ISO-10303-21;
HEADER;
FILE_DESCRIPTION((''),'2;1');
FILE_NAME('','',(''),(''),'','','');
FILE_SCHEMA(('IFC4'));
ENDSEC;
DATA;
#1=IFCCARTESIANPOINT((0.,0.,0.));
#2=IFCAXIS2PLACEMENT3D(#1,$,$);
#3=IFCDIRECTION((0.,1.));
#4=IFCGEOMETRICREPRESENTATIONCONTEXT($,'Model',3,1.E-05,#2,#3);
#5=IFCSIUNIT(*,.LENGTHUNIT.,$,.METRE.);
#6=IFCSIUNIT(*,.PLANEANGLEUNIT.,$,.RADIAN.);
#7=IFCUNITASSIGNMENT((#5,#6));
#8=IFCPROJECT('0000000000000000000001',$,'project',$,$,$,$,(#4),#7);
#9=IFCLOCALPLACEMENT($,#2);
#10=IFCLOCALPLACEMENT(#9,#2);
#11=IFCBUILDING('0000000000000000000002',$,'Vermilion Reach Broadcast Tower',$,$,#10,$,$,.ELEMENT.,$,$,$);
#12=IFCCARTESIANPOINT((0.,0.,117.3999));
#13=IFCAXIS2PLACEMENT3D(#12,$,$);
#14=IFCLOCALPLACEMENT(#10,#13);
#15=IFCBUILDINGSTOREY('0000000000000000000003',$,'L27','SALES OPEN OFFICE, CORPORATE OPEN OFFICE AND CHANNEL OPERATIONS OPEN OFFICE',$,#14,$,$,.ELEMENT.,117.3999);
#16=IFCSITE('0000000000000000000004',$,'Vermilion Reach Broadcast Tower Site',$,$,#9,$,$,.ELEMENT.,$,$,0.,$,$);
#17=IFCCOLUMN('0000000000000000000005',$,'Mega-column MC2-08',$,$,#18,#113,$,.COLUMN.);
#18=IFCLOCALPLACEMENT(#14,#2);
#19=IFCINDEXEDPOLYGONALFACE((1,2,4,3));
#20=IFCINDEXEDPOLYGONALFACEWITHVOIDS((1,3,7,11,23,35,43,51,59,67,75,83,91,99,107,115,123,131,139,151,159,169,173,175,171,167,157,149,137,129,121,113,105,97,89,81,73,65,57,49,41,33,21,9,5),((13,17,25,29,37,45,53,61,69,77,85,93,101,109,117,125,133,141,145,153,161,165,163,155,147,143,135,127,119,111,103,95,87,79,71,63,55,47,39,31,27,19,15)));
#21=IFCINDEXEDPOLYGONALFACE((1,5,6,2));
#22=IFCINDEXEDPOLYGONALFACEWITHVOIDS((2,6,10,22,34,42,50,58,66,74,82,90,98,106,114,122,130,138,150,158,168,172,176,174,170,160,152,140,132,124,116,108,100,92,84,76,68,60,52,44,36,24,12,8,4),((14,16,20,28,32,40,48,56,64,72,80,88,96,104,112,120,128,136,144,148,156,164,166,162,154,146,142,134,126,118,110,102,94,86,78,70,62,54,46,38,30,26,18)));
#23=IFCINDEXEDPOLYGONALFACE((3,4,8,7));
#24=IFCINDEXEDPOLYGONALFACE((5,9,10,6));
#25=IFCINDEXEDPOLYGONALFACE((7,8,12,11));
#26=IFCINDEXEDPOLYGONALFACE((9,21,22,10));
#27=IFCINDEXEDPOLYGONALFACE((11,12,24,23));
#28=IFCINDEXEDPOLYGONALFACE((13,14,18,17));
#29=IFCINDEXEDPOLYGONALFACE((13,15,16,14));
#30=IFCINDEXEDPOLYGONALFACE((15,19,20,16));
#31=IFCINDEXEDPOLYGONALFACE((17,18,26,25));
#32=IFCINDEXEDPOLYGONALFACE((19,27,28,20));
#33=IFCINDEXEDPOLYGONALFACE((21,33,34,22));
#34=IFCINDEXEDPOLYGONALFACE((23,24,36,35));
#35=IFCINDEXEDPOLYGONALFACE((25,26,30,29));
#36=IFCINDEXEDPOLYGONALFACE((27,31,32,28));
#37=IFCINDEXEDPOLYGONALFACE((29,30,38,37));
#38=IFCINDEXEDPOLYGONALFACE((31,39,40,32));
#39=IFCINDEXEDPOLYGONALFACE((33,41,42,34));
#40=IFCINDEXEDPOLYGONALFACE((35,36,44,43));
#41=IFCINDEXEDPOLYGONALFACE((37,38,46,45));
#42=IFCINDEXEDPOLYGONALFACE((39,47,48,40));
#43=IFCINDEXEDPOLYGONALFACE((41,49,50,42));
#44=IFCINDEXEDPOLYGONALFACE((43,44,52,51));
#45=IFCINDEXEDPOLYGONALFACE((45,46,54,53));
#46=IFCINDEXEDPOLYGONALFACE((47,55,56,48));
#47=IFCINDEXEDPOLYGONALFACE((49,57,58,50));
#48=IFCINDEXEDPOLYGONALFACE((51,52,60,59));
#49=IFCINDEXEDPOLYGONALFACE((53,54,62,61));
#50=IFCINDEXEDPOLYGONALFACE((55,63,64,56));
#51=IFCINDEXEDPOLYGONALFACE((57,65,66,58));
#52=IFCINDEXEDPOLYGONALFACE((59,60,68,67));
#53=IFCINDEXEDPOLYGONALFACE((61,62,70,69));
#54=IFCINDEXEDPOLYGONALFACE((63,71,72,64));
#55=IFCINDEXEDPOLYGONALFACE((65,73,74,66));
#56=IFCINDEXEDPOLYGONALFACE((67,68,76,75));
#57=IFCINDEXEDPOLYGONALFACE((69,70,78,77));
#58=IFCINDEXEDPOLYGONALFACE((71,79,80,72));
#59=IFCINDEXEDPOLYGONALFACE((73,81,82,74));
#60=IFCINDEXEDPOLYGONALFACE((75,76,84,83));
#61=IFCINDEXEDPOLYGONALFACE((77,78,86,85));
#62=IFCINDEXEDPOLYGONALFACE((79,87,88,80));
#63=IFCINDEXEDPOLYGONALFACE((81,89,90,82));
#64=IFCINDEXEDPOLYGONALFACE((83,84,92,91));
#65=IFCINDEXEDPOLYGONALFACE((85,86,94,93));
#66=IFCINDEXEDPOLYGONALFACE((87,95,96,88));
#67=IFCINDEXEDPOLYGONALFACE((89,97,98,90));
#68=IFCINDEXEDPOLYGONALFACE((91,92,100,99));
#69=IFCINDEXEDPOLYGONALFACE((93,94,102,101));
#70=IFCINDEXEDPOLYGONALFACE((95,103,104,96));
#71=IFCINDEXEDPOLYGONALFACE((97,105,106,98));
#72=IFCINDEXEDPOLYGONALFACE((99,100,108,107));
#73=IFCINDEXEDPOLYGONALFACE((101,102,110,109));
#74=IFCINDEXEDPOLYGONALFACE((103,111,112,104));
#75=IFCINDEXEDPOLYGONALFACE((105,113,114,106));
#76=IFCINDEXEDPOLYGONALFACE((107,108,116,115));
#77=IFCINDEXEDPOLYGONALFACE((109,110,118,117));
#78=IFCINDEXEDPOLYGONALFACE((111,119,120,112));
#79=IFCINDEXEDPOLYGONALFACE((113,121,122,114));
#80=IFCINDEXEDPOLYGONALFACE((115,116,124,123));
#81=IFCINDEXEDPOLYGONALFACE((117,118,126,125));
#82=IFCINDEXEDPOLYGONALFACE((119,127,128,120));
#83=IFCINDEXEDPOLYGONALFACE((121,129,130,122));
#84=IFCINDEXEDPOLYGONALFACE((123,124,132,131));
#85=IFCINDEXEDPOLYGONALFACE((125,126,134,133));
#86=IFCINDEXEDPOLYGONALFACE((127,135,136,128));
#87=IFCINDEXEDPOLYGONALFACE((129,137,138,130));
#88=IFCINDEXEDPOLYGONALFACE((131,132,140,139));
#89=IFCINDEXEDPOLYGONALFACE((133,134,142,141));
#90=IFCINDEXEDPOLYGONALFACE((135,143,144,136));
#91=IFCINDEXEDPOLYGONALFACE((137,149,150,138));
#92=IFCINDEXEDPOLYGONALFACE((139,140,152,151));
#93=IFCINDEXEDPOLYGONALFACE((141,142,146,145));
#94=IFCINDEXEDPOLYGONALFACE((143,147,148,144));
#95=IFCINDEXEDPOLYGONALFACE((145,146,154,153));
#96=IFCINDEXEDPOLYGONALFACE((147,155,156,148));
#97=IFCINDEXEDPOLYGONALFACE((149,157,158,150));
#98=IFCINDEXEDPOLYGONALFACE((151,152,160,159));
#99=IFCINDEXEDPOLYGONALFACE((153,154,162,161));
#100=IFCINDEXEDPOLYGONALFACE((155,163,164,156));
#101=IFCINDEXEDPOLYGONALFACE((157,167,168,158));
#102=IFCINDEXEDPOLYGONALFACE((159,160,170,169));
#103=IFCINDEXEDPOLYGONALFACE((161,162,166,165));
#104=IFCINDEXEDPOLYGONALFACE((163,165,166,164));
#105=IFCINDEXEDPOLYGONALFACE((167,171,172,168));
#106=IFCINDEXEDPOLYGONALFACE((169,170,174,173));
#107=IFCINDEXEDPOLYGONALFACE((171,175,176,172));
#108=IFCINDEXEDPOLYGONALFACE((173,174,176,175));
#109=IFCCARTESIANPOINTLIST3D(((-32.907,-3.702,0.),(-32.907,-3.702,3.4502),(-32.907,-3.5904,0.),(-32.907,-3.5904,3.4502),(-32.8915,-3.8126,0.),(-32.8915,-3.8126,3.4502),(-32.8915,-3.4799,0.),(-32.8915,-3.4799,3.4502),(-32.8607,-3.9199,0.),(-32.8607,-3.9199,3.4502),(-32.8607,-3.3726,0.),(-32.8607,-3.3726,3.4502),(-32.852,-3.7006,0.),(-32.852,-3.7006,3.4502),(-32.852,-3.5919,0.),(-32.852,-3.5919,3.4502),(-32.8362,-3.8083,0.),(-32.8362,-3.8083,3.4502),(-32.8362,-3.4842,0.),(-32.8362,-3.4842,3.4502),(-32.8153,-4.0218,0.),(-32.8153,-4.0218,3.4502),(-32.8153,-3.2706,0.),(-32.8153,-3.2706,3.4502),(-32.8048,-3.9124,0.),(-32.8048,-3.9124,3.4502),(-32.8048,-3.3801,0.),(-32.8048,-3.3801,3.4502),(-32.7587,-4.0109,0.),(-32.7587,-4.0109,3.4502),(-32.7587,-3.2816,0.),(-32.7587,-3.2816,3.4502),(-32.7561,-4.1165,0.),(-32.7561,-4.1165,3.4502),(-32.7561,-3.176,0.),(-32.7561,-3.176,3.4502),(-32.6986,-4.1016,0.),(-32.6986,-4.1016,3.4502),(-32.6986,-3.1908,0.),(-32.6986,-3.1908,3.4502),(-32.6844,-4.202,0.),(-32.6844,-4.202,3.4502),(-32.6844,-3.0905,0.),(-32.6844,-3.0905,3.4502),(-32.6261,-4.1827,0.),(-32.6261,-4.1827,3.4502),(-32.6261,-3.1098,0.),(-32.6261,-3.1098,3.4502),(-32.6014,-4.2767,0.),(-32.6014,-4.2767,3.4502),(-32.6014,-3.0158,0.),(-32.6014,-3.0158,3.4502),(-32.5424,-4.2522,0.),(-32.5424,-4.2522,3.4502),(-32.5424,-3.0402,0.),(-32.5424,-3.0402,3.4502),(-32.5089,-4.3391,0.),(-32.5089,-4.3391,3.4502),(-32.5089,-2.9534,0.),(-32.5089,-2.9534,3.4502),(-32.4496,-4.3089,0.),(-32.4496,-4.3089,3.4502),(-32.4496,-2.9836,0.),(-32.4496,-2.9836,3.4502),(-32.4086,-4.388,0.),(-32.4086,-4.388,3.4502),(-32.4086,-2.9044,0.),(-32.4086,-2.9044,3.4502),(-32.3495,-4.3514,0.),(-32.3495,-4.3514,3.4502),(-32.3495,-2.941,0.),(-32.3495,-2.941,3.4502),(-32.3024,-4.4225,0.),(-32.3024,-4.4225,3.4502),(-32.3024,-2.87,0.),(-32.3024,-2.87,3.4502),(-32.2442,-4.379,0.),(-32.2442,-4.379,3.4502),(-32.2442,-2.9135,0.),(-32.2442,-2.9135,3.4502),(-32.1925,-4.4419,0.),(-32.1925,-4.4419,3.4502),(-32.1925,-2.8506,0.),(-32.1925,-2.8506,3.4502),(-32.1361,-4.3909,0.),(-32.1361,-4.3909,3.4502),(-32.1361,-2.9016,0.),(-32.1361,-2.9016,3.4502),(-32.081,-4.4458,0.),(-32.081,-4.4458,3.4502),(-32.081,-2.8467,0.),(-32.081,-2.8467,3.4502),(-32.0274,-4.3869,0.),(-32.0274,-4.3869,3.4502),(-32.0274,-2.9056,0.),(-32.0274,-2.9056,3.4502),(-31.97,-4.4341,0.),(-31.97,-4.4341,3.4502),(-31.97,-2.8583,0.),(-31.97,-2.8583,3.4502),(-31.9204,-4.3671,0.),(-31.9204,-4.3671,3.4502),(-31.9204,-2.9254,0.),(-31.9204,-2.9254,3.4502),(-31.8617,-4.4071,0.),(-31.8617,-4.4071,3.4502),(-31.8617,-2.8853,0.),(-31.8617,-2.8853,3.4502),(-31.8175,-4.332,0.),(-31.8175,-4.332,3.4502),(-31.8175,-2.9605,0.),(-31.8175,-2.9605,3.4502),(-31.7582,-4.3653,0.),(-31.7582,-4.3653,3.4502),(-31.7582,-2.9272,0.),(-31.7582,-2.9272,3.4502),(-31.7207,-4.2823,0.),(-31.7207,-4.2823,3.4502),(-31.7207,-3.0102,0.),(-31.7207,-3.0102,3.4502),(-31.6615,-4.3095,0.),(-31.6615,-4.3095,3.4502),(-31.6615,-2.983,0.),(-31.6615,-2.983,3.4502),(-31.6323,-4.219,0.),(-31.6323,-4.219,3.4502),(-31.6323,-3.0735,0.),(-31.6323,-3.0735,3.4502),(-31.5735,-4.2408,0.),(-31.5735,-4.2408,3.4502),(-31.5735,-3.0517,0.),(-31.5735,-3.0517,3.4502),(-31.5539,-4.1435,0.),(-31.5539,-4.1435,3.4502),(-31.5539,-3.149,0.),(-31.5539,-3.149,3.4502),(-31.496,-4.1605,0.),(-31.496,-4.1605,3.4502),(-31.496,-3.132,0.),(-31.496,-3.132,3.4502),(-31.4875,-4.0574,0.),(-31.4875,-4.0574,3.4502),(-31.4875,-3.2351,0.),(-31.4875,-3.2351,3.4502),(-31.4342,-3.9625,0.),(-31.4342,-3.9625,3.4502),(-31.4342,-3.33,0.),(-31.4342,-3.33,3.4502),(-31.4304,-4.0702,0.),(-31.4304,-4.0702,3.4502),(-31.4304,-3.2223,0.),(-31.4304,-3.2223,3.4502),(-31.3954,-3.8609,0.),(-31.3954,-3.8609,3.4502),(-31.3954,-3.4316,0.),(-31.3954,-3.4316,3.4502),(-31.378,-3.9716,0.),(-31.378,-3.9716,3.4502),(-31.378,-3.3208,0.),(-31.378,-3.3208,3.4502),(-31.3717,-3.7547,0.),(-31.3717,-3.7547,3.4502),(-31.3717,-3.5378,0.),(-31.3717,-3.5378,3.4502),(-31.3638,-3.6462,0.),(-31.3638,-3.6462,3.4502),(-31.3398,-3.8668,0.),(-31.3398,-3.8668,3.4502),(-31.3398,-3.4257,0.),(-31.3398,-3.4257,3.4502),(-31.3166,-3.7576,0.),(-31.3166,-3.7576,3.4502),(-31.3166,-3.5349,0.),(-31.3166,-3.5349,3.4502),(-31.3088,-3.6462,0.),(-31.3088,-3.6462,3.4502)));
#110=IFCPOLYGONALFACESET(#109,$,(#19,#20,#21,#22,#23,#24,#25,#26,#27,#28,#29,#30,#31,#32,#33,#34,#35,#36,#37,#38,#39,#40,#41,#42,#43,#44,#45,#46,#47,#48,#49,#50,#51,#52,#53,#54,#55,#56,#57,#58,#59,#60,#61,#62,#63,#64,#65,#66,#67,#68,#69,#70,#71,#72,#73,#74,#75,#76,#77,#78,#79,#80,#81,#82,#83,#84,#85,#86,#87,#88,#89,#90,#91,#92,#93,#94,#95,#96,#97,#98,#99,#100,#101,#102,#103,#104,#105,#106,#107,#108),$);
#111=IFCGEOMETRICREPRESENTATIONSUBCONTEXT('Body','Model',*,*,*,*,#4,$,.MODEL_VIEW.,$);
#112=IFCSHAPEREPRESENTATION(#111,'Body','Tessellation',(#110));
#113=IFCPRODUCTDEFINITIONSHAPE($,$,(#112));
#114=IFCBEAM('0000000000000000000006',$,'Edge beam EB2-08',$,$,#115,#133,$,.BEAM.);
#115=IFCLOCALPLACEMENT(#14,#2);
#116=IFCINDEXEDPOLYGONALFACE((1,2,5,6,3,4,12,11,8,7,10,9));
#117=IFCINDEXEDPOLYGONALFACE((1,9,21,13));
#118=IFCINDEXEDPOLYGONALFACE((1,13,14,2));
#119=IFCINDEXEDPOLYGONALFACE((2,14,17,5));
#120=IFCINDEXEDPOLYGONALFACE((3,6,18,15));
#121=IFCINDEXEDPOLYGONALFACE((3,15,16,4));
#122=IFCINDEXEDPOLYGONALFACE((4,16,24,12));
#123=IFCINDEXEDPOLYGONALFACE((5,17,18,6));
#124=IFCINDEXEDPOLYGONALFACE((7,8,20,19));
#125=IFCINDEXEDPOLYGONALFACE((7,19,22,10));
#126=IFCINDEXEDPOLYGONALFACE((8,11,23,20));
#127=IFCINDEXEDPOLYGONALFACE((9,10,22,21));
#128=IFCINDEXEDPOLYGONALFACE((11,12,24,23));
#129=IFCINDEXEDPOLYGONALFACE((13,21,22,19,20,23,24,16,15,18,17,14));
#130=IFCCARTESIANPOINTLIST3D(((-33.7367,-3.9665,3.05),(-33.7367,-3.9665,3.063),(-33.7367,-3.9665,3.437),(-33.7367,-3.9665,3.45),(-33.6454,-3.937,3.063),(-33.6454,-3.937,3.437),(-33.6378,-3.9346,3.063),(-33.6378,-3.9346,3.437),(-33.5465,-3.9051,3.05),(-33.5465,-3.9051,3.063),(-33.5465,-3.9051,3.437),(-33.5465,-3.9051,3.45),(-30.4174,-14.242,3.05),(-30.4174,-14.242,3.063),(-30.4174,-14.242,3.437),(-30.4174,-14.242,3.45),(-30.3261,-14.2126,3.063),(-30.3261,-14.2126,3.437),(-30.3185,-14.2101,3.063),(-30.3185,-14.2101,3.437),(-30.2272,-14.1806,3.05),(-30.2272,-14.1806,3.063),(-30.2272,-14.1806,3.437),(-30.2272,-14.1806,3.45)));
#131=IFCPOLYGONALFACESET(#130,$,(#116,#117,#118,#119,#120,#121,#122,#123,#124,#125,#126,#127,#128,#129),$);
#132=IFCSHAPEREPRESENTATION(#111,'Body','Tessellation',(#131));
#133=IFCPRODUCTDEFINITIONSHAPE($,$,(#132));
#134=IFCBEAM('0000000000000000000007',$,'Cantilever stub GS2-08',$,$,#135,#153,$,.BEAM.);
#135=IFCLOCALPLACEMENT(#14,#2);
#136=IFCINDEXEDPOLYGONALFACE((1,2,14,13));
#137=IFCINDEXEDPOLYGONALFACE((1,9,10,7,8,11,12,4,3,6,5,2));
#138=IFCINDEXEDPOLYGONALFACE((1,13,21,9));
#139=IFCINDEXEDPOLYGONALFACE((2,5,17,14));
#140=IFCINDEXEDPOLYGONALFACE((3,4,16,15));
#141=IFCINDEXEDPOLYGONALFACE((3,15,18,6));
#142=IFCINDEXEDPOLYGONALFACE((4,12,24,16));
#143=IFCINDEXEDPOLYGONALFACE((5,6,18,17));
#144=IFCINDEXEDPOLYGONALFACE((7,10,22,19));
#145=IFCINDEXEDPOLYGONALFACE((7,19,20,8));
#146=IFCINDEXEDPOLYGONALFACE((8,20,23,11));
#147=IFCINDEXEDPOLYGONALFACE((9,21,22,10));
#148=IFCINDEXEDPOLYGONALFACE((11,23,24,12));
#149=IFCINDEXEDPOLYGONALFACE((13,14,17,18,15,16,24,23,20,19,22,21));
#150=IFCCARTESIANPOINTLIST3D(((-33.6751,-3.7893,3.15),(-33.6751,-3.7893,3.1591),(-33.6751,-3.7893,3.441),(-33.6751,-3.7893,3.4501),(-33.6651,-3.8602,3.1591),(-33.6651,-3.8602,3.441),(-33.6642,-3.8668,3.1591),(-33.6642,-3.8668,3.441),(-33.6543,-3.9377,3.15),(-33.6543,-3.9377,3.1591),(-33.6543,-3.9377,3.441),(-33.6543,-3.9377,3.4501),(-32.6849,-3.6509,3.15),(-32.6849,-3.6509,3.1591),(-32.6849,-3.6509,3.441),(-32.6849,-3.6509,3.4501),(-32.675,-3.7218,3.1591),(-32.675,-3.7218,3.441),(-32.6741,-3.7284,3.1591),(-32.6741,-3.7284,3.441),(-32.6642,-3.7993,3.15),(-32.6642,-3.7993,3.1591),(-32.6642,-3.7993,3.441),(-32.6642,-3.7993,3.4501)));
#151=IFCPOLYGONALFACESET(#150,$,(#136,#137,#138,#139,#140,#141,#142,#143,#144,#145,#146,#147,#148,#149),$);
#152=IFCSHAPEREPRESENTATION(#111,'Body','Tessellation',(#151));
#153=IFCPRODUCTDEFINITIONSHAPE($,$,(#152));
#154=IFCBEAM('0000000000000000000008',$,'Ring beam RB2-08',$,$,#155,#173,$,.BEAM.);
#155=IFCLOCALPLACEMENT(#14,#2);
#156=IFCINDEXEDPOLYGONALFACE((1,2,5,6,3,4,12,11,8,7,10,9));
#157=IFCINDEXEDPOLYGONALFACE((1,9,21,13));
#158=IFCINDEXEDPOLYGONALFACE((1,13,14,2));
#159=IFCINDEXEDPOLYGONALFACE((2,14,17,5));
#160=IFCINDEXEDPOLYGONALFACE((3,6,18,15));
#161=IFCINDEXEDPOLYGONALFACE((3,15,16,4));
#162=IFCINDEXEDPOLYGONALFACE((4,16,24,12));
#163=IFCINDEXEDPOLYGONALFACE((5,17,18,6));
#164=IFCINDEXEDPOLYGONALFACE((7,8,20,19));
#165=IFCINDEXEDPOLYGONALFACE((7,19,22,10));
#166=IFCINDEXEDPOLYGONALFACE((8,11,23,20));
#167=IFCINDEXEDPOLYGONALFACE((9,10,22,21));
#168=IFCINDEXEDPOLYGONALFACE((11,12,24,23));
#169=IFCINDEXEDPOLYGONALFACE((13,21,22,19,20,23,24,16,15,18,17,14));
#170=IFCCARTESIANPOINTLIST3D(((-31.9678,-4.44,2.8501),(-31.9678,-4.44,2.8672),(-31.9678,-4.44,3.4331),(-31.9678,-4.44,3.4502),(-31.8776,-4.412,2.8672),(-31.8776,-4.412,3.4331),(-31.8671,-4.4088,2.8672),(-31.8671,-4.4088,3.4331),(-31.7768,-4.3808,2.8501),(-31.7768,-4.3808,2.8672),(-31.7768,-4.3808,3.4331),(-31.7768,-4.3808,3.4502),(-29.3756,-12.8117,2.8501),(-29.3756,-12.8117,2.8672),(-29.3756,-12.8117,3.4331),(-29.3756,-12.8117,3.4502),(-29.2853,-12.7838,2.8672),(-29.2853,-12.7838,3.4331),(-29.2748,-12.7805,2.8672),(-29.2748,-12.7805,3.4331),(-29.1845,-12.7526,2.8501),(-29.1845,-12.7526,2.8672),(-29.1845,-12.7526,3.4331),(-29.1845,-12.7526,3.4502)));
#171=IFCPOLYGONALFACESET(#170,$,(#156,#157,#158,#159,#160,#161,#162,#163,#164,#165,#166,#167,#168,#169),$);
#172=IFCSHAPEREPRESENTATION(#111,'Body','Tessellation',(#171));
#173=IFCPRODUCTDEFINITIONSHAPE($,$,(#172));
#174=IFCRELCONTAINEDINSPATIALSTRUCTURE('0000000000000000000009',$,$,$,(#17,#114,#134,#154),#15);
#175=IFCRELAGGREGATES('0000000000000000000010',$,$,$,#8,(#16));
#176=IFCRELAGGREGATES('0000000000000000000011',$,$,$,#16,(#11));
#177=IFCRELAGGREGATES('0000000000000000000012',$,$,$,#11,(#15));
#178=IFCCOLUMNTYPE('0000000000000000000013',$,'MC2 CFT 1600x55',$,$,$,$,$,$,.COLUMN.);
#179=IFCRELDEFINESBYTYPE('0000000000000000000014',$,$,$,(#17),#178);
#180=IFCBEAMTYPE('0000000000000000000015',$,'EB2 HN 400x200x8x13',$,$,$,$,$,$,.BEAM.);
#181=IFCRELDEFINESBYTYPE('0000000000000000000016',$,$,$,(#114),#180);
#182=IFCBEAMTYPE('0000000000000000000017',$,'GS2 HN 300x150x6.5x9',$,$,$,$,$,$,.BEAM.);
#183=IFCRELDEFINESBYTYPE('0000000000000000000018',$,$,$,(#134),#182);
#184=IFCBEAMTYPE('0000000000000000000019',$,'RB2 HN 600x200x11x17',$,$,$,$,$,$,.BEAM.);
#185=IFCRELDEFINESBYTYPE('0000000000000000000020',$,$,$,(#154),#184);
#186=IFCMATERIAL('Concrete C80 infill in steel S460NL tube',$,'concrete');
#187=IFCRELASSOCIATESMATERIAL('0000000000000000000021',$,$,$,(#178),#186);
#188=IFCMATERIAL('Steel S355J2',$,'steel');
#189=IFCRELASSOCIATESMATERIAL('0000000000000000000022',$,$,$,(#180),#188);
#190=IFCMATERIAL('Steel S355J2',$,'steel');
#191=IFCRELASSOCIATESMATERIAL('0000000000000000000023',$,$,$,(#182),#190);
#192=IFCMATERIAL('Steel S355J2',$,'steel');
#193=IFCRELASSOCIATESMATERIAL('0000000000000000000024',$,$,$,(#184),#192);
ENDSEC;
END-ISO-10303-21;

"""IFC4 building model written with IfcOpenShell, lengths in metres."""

from ifc_helpers import new_model, si_unit, direction, frame, origin, origin_2d, place, context, subcontext, project, spatial, hollow_circle, i_section, extrude, material, material_profile, profile_set, type_object, element, save


model = new_model("IFC4")

# Units and contexts
model_context = context("Model", 3, precision=1e-05, world=origin(), true_north=direction((0.0, 1.0)))
body_context = subcontext(model_context, "Body", "Model", "MODEL_VIEW")
ifc_project = project(units=[si_unit("LENGTHUNIT", "METRE"), si_unit("PLANEANGLEUNIT", "RADIAN")], contexts=[model_context])

# Site, building, storey
site_placement = place(None, origin())
site = spatial("IfcSite", under=ifc_project, at=site_placement, Name="Vermilion Reach Broadcast Tower Site", CompositionType="ELEMENT", RefElevation=0.0)
building_placement = place(site_placement, origin())
building = spatial("IfcBuilding", under=site, at=building_placement, Name="Vermilion Reach Broadcast Tower", CompositionType="ELEMENT")
storey_placement = place(building_placement, frame((0.0, 0.0, 117.3999)))
storey = spatial("IfcBuildingStorey", under=building, at=storey_placement, Name="L27", Description="SALES OPEN OFFICE, CORPORATE OPEN OFFICE AND CHANNEL OPERATIONS OPEN OFFICE", CompositionType="ELEMENT", Elevation=117.3999)

# Column
ifc_material_1 = material(Name="Concrete C80 infill in steel S460NL tube", Category="concrete")
ifc_material_profile_1 = material_profile(ifc_material_1, hollow_circle(Radius=0.8, WallThickness=0.0549, at=origin_2d()), Name="Concrete C80 infill in steel S460NL tube CFT 1600x55")
ifc_profile_set_1 = profile_set([ifc_material_profile_1], Name="Concrete C80 infill in steel S460NL tube")
column_type = type_object("IfcColumnType", Name="MC2 CFT 1600x55", PredefinedType="COLUMN", material=ifc_profile_set_1)
column_placement = place(storey_placement, frame((-32.1089, -3.6462, 0.0), z_axis=(0.0, 0.0, 1.0), x_axis=(1.0, 0.0, 0.0)))
element("IfcColumn", 1, at=column_placement, inside=storey, type_object=column_type, Name="Mega-column MC2-08", PredefinedType="COLUMN", context=body_context, shape_type="SweptSolid", body=[
    extrude(hollow_circle(Radius=0.8, WallThickness=0.0549, at=origin_2d()), origin(), (0.0, 0.0, 1.0), 3.4502),
])

# Beams
ifc_material_2 = material(Name="Steel S355J2", Category="steel")
ifc_material_profile_2 = material_profile(ifc_material_2, i_section(OverallWidth=0.2, OverallDepth=0.3999, WebThickness=0.0081, FlangeThickness=0.0129, at=origin_2d()), Name="S355J2 HN 400x200x8x13")
ifc_profile_set_2 = profile_set([ifc_material_profile_2], Name="Steel S355J2")
beam_type_1 = type_object("IfcBeamType", Name="EB2 HN 400x200x8x13", PredefinedType="BEAM", material=ifc_profile_set_2)
beam_1_placement = place(storey_placement, frame((-33.6416, -3.9358, 3.25), z_axis=(0.30739, -0.951584, 0.0), x_axis=(0.951584, 0.30739, 0.0)))
element("IfcBeam", 2, at=beam_1_placement, inside=storey, type_object=beam_type_1, Name="Edge beam EB2-08", PredefinedType="BEAM", context=body_context, shape_type="SweptSolid", body=[
    extrude(i_section(OverallWidth=0.2, OverallDepth=0.3999, WebThickness=0.0081, FlangeThickness=0.0129, at=origin_2d()), origin(), (0.0, 0.0, 1.0), 10.7983),
])
ifc_material_3 = material(Name="Steel S355J2", Category="steel")
ifc_material_profile_3 = material_profile(ifc_material_3, i_section(OverallWidth=0.1499, OverallDepth=0.3, WebThickness=0.0066, FlangeThickness=0.009, at=origin_2d()), Name="S355J2 HN 300x150x6.5x9")
ifc_profile_set_3 = profile_set([ifc_material_profile_3], Name="Steel S355J2")
beam_type_2 = type_object("IfcBeamType", Name="GS2 HN 300x150x6.5x9", PredefinedType="BEAM", material=ifc_profile_set_3)
beam_2_placement = place(storey_placement, frame((-32.6746, -3.7251, 3.3), z_axis=(-0.99037, -0.138447, 0.0), x_axis=(0.138447, -0.99037, 0.0)))
element("IfcBeam", 3, at=beam_2_placement, inside=storey, type_object=beam_type_2, Name="Cantilever stub GS2-08", PredefinedType="BEAM", context=body_context, shape_type="SweptSolid", body=[
    extrude(i_section(OverallWidth=0.1499, OverallDepth=0.3, WebThickness=0.0066, FlangeThickness=0.009, at=origin_2d()), origin(), (0.0, 0.0, 1.0), 0.9998),
])
ifc_material_4 = material(Name="Steel S355J2", Category="steel")
ifc_material_profile_4 = material_profile(ifc_material_4, i_section(OverallWidth=0.2, OverallDepth=0.6001, WebThickness=0.011, FlangeThickness=0.0171, at=origin_2d()), Name="S355J2 HN 600x200x11x17")
ifc_profile_set_4 = profile_set([ifc_material_profile_4], Name="Steel S355J2")
beam_type_3 = type_object("IfcBeamType", Name="RB2 HN 600x200x11x17", PredefinedType="BEAM", material=ifc_profile_set_4)
beam_3_placement = place(storey_placement, frame((-31.8723, -4.4104, 3.1501), z_axis=(0.295788, -0.955253, 0.0), x_axis=(0.955253, 0.295788, 0.0)))
element("IfcBeam", 4, at=beam_3_placement, inside=storey, type_object=beam_type_3, Name="Ring beam RB2-08", PredefinedType="BEAM", context=body_context, shape_type="SweptSolid", body=[
    extrude(i_section(OverallWidth=0.2, OverallDepth=0.6001, WebThickness=0.011, FlangeThickness=0.0171, at=origin_2d()), origin(), (0.0, 0.0, 1.0), 8.7639),
])

save(model, "model.ifc")
